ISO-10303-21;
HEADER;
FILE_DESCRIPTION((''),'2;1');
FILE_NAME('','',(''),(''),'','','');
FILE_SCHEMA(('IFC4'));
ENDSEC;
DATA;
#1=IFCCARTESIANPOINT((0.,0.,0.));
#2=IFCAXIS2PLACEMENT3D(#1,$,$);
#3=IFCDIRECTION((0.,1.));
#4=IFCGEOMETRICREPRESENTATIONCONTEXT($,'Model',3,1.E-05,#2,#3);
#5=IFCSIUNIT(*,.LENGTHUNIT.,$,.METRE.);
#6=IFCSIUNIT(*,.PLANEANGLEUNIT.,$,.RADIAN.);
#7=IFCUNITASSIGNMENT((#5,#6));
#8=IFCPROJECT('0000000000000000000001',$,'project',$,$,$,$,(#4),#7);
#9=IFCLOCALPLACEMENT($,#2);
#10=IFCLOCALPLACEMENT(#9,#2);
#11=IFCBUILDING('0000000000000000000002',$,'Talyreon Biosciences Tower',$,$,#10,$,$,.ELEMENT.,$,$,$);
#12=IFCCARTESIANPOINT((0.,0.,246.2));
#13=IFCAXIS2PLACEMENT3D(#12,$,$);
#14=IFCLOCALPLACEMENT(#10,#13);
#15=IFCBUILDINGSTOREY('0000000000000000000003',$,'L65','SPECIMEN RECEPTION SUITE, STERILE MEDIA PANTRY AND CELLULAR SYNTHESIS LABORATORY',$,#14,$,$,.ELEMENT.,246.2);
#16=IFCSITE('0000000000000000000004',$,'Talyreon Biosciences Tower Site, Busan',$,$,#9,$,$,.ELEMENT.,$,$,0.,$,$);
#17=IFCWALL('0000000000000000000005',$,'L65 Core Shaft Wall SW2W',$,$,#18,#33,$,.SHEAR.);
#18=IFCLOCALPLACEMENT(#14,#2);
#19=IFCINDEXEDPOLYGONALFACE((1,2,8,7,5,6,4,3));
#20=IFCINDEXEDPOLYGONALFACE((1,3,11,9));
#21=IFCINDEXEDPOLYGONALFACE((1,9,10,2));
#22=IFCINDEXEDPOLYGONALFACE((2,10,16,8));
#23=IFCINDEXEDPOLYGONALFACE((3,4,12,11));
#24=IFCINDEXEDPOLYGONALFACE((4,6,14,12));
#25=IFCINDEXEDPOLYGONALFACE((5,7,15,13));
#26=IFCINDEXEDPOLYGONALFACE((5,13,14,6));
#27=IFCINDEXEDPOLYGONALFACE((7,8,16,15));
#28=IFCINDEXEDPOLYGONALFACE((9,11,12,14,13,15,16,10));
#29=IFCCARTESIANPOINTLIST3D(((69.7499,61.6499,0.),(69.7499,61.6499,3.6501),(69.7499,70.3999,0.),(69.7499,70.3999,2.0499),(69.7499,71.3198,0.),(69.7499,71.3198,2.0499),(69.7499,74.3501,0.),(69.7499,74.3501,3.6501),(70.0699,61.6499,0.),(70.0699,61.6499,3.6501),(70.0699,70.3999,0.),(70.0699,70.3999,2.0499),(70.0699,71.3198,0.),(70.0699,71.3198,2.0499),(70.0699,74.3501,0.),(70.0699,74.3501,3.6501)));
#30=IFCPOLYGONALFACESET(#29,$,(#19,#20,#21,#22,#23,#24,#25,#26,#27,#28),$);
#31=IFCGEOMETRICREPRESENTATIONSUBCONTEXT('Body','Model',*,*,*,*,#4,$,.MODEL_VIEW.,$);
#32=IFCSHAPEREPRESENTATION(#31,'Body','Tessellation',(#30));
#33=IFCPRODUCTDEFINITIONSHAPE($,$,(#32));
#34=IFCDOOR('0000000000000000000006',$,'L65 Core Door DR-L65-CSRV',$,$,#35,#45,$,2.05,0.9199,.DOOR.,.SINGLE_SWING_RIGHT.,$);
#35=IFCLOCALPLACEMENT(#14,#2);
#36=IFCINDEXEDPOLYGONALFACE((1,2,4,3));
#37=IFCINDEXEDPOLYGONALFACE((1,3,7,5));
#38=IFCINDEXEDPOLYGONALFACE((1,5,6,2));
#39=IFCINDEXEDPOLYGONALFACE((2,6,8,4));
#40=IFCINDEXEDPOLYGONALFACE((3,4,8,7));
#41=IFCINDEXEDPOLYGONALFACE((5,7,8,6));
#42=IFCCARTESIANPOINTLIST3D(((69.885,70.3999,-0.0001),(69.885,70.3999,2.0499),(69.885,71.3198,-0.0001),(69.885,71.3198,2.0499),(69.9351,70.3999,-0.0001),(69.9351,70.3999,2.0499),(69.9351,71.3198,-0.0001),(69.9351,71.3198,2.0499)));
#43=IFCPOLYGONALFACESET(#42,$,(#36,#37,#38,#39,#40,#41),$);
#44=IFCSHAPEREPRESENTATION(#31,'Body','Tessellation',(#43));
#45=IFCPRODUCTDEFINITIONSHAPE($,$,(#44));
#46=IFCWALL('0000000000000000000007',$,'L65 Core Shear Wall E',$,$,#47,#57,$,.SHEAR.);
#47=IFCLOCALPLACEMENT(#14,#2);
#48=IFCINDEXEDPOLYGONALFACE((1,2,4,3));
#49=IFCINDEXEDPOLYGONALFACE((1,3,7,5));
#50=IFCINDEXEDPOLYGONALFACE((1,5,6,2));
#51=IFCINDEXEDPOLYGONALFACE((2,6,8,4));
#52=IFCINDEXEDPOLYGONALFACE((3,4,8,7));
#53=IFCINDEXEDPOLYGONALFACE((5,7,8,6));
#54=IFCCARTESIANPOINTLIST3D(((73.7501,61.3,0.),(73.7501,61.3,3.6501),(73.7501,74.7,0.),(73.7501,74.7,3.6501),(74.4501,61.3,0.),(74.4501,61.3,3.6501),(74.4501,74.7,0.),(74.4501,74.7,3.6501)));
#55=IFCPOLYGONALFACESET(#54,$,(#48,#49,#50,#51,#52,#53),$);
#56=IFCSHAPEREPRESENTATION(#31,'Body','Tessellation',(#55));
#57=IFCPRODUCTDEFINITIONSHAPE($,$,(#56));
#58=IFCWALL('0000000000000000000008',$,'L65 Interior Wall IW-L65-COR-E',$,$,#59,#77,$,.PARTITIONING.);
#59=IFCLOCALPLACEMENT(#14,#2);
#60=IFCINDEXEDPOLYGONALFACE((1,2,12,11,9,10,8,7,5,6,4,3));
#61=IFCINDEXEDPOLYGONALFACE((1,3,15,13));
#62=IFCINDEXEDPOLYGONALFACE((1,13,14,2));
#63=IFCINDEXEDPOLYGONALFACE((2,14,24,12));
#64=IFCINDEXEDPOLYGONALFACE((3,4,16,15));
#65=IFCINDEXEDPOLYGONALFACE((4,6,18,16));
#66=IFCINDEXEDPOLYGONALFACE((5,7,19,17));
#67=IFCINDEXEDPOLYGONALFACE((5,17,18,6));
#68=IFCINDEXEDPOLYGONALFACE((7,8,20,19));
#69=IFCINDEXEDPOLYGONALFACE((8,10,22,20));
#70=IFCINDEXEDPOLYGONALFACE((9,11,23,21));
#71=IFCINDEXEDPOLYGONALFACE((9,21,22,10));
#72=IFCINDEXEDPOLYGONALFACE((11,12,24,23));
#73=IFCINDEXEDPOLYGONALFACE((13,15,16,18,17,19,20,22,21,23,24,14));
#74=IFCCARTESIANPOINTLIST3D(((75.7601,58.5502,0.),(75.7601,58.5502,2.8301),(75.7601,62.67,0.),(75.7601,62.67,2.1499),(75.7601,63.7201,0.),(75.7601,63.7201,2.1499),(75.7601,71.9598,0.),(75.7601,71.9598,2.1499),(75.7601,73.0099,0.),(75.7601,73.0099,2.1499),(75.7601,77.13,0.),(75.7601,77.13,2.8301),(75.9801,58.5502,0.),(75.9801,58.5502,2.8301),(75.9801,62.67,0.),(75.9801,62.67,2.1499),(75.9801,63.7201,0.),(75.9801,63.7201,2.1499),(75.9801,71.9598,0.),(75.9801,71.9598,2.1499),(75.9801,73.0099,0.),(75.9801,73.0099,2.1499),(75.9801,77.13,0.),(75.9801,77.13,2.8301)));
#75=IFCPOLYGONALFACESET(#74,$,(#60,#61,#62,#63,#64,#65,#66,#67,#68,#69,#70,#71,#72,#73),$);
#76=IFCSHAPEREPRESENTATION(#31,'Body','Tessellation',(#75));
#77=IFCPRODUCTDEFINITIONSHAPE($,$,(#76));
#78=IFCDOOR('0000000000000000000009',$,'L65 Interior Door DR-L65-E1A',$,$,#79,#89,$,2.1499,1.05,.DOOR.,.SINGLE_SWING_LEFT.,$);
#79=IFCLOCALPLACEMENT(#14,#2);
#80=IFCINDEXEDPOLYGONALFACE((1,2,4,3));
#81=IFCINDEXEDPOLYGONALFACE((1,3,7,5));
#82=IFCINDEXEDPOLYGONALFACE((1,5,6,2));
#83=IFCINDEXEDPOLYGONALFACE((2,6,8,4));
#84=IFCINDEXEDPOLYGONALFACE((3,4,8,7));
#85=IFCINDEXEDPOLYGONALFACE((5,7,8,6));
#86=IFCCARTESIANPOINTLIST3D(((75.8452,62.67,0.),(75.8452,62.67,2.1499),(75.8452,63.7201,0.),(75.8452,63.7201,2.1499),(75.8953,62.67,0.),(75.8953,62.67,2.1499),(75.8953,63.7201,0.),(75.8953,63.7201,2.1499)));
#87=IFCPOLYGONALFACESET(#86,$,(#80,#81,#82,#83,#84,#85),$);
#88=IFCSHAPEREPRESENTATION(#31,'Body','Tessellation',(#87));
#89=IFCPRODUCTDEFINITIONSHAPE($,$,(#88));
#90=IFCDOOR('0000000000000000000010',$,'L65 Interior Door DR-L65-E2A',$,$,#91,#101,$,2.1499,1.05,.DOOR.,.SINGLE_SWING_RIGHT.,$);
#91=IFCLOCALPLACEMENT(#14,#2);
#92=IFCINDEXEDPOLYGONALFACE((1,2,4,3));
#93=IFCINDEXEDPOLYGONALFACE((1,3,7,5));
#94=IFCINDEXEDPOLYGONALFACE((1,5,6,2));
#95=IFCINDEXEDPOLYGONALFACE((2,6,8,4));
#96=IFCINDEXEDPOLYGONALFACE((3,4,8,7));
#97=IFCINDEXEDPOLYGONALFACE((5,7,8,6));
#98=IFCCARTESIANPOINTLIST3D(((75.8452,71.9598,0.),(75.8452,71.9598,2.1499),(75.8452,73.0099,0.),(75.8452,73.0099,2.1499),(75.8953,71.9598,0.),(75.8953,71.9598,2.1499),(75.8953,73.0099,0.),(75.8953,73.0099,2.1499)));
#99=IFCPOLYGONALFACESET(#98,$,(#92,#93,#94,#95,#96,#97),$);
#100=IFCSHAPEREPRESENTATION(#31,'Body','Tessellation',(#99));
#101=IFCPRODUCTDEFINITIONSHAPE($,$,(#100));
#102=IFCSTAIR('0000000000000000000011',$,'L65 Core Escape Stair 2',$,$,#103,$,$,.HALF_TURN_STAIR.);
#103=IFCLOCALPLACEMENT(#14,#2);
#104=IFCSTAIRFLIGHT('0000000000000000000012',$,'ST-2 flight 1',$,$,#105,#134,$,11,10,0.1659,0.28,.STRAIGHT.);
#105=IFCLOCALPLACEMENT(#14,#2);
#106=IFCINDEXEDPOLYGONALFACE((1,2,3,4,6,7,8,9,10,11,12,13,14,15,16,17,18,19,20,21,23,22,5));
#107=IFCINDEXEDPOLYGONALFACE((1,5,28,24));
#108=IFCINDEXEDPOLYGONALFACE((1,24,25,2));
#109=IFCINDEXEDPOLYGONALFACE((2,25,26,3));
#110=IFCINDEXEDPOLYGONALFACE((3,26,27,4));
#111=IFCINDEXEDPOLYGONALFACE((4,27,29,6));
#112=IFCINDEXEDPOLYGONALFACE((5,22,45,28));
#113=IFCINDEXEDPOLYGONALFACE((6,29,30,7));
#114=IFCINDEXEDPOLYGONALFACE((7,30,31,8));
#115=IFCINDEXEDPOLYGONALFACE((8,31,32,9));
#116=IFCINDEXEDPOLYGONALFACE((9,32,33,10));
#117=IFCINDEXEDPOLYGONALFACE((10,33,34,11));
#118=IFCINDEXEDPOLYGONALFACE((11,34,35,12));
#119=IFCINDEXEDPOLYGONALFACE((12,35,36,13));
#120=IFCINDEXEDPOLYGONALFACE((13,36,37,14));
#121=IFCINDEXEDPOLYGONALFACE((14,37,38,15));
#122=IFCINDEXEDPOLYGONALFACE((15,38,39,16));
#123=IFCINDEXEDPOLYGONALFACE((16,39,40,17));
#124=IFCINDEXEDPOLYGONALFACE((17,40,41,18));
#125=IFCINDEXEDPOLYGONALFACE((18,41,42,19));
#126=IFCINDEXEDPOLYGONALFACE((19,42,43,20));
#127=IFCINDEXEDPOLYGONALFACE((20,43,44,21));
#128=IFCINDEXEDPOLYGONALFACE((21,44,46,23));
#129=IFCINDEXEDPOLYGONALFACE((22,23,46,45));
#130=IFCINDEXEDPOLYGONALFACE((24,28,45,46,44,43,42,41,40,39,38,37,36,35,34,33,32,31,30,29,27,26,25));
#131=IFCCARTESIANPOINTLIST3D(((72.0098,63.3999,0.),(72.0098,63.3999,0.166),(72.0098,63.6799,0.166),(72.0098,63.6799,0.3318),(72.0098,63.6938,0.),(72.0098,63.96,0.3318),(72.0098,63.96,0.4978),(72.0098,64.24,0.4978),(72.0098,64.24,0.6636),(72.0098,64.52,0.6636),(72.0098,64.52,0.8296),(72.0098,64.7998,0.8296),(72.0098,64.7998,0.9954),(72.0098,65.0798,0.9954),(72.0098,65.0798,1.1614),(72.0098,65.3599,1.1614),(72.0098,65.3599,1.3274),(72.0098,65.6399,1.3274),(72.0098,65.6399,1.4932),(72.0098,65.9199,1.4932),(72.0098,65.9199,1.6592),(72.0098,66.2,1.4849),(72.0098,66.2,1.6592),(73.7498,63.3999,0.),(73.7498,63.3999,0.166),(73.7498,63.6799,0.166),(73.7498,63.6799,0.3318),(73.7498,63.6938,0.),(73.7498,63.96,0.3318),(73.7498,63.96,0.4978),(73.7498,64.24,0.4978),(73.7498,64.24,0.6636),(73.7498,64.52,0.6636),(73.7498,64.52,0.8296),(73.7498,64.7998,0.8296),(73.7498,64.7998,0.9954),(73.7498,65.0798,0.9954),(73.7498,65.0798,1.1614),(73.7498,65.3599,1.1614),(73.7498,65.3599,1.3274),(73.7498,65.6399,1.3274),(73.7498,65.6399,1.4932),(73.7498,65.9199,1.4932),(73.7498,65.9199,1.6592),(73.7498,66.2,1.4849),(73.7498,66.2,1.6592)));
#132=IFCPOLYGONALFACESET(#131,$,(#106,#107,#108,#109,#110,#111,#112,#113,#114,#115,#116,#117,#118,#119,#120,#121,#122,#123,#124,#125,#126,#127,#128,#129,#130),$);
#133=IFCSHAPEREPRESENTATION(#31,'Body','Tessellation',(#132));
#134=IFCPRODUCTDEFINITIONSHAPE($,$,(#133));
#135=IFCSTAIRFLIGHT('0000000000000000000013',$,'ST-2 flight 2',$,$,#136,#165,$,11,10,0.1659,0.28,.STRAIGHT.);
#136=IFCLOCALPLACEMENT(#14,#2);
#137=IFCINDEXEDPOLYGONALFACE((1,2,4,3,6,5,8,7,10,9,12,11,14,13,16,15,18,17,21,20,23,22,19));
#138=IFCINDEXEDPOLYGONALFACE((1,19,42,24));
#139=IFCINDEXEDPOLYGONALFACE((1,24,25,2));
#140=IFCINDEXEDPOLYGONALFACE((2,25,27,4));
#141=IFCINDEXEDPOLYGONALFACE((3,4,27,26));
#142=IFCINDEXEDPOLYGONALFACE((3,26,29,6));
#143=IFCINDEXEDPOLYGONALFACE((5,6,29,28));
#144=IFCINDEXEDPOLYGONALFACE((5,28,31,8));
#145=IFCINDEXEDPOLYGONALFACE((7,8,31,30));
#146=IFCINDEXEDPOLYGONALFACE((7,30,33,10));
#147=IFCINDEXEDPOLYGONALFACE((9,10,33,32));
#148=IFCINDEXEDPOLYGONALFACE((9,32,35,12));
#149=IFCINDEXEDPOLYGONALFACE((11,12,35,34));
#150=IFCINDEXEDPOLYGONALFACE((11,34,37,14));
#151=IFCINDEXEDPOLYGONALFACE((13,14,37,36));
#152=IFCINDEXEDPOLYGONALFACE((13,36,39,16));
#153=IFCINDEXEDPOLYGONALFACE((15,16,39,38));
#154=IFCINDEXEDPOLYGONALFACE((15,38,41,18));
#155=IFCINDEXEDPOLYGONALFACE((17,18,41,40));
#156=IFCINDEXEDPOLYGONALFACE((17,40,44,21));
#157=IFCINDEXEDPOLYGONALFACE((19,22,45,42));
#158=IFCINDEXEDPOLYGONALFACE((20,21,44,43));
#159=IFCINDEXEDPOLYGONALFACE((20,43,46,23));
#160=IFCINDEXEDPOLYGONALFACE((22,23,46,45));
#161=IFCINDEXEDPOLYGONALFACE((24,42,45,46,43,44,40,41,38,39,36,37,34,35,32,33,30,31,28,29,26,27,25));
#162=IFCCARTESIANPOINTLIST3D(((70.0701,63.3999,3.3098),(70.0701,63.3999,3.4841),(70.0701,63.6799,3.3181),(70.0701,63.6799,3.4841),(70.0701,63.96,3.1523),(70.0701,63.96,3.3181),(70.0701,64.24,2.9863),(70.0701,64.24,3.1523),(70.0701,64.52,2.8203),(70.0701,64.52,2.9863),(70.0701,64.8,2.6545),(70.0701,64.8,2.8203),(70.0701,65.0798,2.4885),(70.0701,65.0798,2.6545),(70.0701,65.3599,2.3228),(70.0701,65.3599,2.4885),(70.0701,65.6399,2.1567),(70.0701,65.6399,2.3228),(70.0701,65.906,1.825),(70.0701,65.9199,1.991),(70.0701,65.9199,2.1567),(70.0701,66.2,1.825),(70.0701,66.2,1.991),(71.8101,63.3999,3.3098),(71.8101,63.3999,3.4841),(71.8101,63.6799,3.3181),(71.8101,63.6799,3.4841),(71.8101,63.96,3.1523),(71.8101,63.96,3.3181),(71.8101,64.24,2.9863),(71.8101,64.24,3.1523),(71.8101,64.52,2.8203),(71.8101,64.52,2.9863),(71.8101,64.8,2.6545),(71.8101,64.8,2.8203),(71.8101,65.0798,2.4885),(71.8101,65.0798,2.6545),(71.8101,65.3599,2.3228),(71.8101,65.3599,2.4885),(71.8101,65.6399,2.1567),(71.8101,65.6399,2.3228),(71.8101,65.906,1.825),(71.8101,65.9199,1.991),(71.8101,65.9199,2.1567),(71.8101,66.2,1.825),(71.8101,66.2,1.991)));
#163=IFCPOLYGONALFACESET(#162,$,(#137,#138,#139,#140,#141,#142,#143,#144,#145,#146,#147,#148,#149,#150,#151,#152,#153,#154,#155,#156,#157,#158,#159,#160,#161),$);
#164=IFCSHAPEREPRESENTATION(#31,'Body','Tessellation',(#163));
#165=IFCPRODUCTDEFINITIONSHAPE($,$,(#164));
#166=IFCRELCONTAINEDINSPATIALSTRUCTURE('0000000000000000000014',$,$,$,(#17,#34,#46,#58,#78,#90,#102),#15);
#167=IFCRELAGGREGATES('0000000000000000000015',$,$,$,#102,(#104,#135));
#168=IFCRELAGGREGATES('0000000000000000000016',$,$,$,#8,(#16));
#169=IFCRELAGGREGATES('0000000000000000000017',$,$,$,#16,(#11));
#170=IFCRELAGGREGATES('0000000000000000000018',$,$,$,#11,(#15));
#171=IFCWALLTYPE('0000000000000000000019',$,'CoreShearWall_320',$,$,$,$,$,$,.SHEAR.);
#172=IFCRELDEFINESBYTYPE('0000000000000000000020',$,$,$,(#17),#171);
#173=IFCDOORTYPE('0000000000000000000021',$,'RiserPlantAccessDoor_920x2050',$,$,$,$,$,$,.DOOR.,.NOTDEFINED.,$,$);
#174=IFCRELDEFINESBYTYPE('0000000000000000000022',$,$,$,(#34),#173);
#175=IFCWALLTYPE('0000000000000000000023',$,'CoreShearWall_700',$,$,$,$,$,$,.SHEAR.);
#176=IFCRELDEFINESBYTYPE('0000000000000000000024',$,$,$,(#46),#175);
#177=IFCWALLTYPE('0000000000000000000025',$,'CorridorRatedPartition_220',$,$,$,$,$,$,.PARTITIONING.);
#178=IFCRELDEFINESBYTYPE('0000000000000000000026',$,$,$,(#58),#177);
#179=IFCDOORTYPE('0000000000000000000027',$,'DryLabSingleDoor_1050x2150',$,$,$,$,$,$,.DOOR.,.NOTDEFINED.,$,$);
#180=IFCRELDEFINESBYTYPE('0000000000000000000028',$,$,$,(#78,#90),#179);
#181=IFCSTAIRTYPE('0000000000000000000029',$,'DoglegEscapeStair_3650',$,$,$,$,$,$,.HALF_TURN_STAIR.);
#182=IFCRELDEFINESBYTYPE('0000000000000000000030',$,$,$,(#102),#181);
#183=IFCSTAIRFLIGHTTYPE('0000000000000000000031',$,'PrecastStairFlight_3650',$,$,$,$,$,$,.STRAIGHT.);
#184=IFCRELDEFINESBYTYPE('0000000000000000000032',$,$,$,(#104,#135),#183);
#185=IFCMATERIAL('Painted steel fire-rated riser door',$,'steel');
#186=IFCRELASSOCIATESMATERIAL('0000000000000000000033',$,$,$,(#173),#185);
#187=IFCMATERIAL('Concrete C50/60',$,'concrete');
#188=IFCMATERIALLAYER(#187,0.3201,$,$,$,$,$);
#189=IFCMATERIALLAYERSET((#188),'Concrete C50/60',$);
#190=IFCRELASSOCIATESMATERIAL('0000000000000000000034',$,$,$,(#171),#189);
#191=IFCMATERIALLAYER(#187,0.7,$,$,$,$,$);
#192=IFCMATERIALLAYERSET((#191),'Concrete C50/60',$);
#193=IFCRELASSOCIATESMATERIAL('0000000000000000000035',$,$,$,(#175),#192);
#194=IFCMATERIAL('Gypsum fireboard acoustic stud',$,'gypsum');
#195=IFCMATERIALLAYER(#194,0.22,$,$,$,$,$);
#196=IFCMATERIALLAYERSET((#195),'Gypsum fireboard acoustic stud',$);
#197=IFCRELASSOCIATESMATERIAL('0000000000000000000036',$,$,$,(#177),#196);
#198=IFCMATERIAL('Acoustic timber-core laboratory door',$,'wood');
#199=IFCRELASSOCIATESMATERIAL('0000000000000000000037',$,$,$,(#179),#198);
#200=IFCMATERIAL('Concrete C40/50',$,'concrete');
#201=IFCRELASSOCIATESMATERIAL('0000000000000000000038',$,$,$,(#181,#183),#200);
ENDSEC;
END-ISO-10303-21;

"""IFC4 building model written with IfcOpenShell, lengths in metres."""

from ifc_helpers import new_model, si_unit, direction, frame, frame_2d, origin, place, context, subcontext, project, spatial, polyline, rectangle, outline, extrude, material, layer, layer_set, type_object, element, fill, aggregate, save


model = new_model("IFC4")

# Units and contexts
model_context = context("Model", 3, precision=1e-05, world=origin(), true_north=direction((0.0, 1.0)))
body_context = subcontext(model_context, "Body", "Model", "MODEL_VIEW")
ifc_project = project(units=[si_unit("LENGTHUNIT", "METRE"), si_unit("PLANEANGLEUNIT", "RADIAN")], contexts=[model_context])

# Site, building, storey
site_placement = place(None, origin())
site = spatial("IfcSite", under=ifc_project, at=site_placement, Name="Talyreon Biosciences Tower Site, Busan", CompositionType="ELEMENT", RefElevation=0.0)
building_placement = place(site_placement, origin())
building = spatial("IfcBuilding", under=site, at=building_placement, Name="Talyreon Biosciences Tower", CompositionType="ELEMENT")
storey_placement = place(building_placement, frame((0.0, 0.0, 246.2)))
storey = spatial("IfcBuildingStorey", under=building, at=storey_placement, Name="L65", Description="SPECIMEN RECEPTION SUITE, STERILE MEDIA PANTRY AND CELLULAR SYNTHESIS LABORATORY", CompositionType="ELEMENT", Elevation=246.2)

# Shared definitions
ifc_material_1 = material(Name="Concrete C50/60", Category="concrete")

# Wall, opening, door
ifc_material_2 = material(Name="Painted steel fire-rated riser door", Category="steel")
door_type_1 = type_object("IfcDoorType", Name="RiserPlantAccessDoor_920x2050", OperationType="NOTDEFINED", PredefinedType="DOOR", material=ifc_material_2)
ifc_layer_1 = layer(ifc_material_1, 0.3201)
ifc_layer_set_1 = layer_set([ifc_layer_1], Name="Concrete C50/60")
wall_type_1 = type_object("IfcWallType", Name="CoreShearWall_320", PredefinedType="SHEAR", material=ifc_layer_set_1)
wall_1_placement = place(storey_placement, frame((69.9099, 61.6499, 0.0), z_axis=(0.0, 0.0, 1.0), x_axis=(0.0, 1.0, 0.0)))
wall_1 = element("IfcWall", 1, at=wall_1_placement, inside=storey, type_object=wall_type_1, Name="L65 Core Shaft Wall SW2W", PredefinedType="SHEAR", context=body_context, shape_type="SweptSolid", body=[
    extrude(rectangle(XDim=12.7002, YDim=0.3201, at=frame_2d((6.3501, 0.0))), origin(), (0.0, 0.0, 1.0), 3.6501),
])
opening_1_placement = place(wall_1_placement, frame((8.75, 0.0, 0.0)))
opening_1 = element("IfcOpeningElement", 2, at=opening_1_placement, cuts=wall_1, PredefinedType="OPENING", context=body_context, shape_type="SweptSolid", body=[
    extrude(rectangle(XDim=0.9199, YDim=2.05, at=frame_2d((0.46, 1.0249))), frame((0.0, 0.1699, 0.0), z_axis=(0.0, -1.0, 0.0), x_axis=(1.0, 0.0, 0.0)), (0.0, 0.0, 1.0), 0.3401),
])
door_1_placement = place(opening_1_placement, origin())
door_1 = element("IfcDoor", 3, at=door_1_placement, inside=storey, type_object=door_type_1, Name="L65 Core Door DR-L65-CSRV", OperationType="SINGLE_SWING_RIGHT", OverallHeight=2.05, OverallWidth=0.9199, PredefinedType="DOOR", context=body_context, shape_type="SweptSolid", body=[
    extrude(rectangle(XDim=0.9199, YDim=2.05, at=frame_2d((0.46, 1.0249))), frame((0.0, 0.0249, 0.0), z_axis=(0.0, -1.0, 0.0), x_axis=(1.0, 0.0, 0.0)), (0.0, 0.0, 1.0), 0.05),
])
fill(opening_1, door_1)

# Wall
ifc_layer_2 = layer(ifc_material_1, 0.7)
ifc_layer_set_2 = layer_set([ifc_layer_2], Name="Concrete C50/60")
wall_type_2 = type_object("IfcWallType", Name="CoreShearWall_700", PredefinedType="SHEAR", material=ifc_layer_set_2)
wall_2_placement = place(storey_placement, frame((74.1001, 61.3, 0.0), z_axis=(0.0, 0.0, 1.0), x_axis=(0.0, 1.0, 0.0)))
element("IfcWall", 4, at=wall_2_placement, inside=storey, type_object=wall_type_2, Name="L65 Core Shear Wall E", PredefinedType="SHEAR", context=body_context, shape_type="SweptSolid", body=[
    extrude(rectangle(XDim=13.3999, YDim=0.7, at=frame_2d((6.7, 0.0))), origin(), (0.0, 0.0, 1.0), 3.6501),
])

# Wall, openings, doors
ifc_material_3 = material(Name="Gypsum fireboard acoustic stud", Category="gypsum")
ifc_layer_3 = layer(ifc_material_3, 0.22)
ifc_layer_set_3 = layer_set([ifc_layer_3], Name="Gypsum fireboard acoustic stud")
wall_type_3 = type_object("IfcWallType", Name="CorridorRatedPartition_220", PredefinedType="PARTITIONING", material=ifc_layer_set_3)
wall_3_placement = place(storey_placement, frame((75.8701, 58.55, 0.0), z_axis=(0.0, 0.0, 1.0), x_axis=(0.0, 1.0, 0.0)))
wall_3 = element("IfcWall", 5, at=wall_3_placement, inside=storey, type_object=wall_type_3, Name="L65 Interior Wall IW-L65-COR-E", PredefinedType="PARTITIONING", context=body_context, shape_type="SweptSolid", body=[
    extrude(rectangle(XDim=18.5798, YDim=0.22, at=frame_2d((9.29, 0.0))), origin(), (0.0, 0.0, 1.0), 2.8301),
])
opening_2_placement = place(wall_3_placement, frame((4.1201, 0.0, 0.0)))
opening_2 = element("IfcOpeningElement", 6, at=opening_2_placement, cuts=wall_3, PredefinedType="OPENING", context=body_context, shape_type="SweptSolid", body=[
    extrude(rectangle(XDim=1.05, YDim=2.1499, at=frame_2d((0.5249, 1.075))), frame((0.0, 0.1199, 0.0), z_axis=(0.0, -1.0, 0.0), x_axis=(1.0, 0.0, 0.0)), (0.0, 0.0, 1.0), 0.24),
])
opening_3_placement = place(wall_3_placement, frame((13.4099, 0.0, 0.0)))
opening_3 = element("IfcOpeningElement", 7, at=opening_3_placement, cuts=wall_3, PredefinedType="OPENING", context=body_context, shape_type="SweptSolid", body=[
    extrude(rectangle(XDim=1.05, YDim=2.1499, at=frame_2d((0.5249, 1.075))), frame((0.0, 0.1199, 0.0), z_axis=(0.0, -1.0, 0.0), x_axis=(1.0, 0.0, 0.0)), (0.0, 0.0, 1.0), 0.24),
])
ifc_material_4 = material(Name="Acoustic timber-core laboratory door", Category="wood")
door_type_2 = type_object("IfcDoorType", Name="DryLabSingleDoor_1050x2150", OperationType="NOTDEFINED", PredefinedType="DOOR", material=ifc_material_4)
door_2_placement = place(opening_2_placement, origin())
door_2 = element("IfcDoor", 8, at=door_2_placement, inside=storey, type_object=door_type_2, Name="L65 Interior Door DR-L65-E1A", OperationType="SINGLE_SWING_LEFT", OverallHeight=2.1499, OverallWidth=1.05, PredefinedType="DOOR", context=body_context, shape_type="SweptSolid", body=[
    extrude(rectangle(XDim=1.05, YDim=2.1499, at=frame_2d((0.5249, 1.075))), frame((0.0, 0.0249, 0.0), z_axis=(0.0, -1.0, 0.0), x_axis=(1.0, 0.0, 0.0)), (0.0, 0.0, 1.0), 0.05),
])
fill(opening_2, door_2)
door_3_placement = place(opening_3_placement, origin())
door_3 = element("IfcDoor", 9, at=door_3_placement, inside=storey, type_object=door_type_2, Name="L65 Interior Door DR-L65-E2A", OperationType="SINGLE_SWING_RIGHT", OverallHeight=2.1499, OverallWidth=1.05, PredefinedType="DOOR", context=body_context, shape_type="SweptSolid", body=[
    extrude(rectangle(XDim=1.05, YDim=2.1499, at=frame_2d((0.5249, 1.075))), frame((0.0, 0.0249, 0.0), z_axis=(0.0, -1.0, 0.0), x_axis=(1.0, 0.0, 0.0)), (0.0, 0.0, 1.0), 0.05),
])
fill(opening_3, door_3)

# Stair, stair flights
ifc_material_5 = material(Name="Concrete C40/50", Category="concrete")
stair_type = type_object("IfcStairType", Name="DoglegEscapeStair_3650", PredefinedType="HALF_TURN_STAIR", material=ifc_material_5)
stair_placement = place(storey_placement, origin())
stair = element("IfcStair", 10, at=stair_placement, inside=storey, type_object=stair_type, Name="L65 Core Escape Stair 2", PredefinedType="HALF_TURN_STAIR")
stair_flight_type = type_object("IfcStairFlightType", Name="PrecastStairFlight_3650", PredefinedType="STRAIGHT", material=ifc_material_5)
stair_flight_1_placement = place(storey_placement, frame((72.8799, 63.3999, 0.0), z_axis=(0.0, 0.0, 1.0), x_axis=(0.0, 1.0, 0.0)))
stair_flight_1 = element("IfcStairFlight", 11, at=stair_flight_1_placement, type_object=stair_flight_type, Name="ST-2 flight 1", NumberOfRisers=11, NumberOfTreads=10, PredefinedType="STRAIGHT", RiserHeight=0.1659, TreadLength=0.28, context=body_context, shape_type="SweptSolid", body=[
    extrude(outline(polyline([(0.0, 0.0), (0.0, 0.166), (0.28, 0.166), (0.28, 0.3318), (0.5601, 0.3318), (0.5601, 0.4978), (0.8401, 0.4978), (0.8401, 0.6636), (1.1201, 0.6636), (1.1201, 0.8296), (1.3999, 0.8296), (1.3999, 0.9954), (1.6799, 0.9954), (1.6799, 1.1614), (1.96, 1.1614), (1.96, 1.3274), (2.24, 1.3274), (2.24, 1.4932), (2.52, 1.4932), (2.52, 1.6592), (2.8, 1.6592), (2.8, 1.825), (2.8, 1.4849), (0.2939, 0.0), (0.0, 0.0)])), frame((0.0, 0.8701, 0.0), z_axis=(0.0, -1.0, 0.0), x_axis=(1.0, 0.0, 0.0)), (0.0, 0.0, 1.0), 1.74),
])
stair_flight_2_placement = place(storey_placement, frame((70.9399, 66.2, 1.825), z_axis=(0.0, 0.0, 1.0), x_axis=(0.0, -1.0, 0.0)))
stair_flight_2 = element("IfcStairFlight", 12, at=stair_flight_2_placement, type_object=stair_flight_type, Name="ST-2 flight 2", NumberOfRisers=11, NumberOfTreads=10, PredefinedType="STRAIGHT", RiserHeight=0.1659, TreadLength=0.28, context=body_context, shape_type="SweptSolid", body=[
    extrude(outline(polyline([(0.0, 0.0), (0.0, 0.166), (0.28, 0.166), (0.28, 0.3318), (0.5601, 0.3318), (0.5601, 0.4978), (0.8401, 0.4978), (0.8401, 0.6636), (1.1201, 0.6636), (1.1201, 0.8296), (1.3999, 0.8296), (1.3999, 0.9954), (1.6799, 0.9954), (1.6799, 1.1614), (1.96, 1.1614), (1.96, 1.3274), (2.24, 1.3274), (2.24, 1.4932), (2.52, 1.4932), (2.52, 1.6592), (2.8, 1.6592), (2.8, 1.825), (2.8, 1.4849), (0.2939, 0.0), (0.0, 0.0)])), frame((0.0, 0.8701, 0.0), z_axis=(0.0, -1.0, 0.0), x_axis=(1.0, 0.0, 0.0)), (0.0, 0.0, 1.0), 1.74),
])
aggregate(stair, [stair_flight_1, stair_flight_2])

save(model, "model.ifc")
